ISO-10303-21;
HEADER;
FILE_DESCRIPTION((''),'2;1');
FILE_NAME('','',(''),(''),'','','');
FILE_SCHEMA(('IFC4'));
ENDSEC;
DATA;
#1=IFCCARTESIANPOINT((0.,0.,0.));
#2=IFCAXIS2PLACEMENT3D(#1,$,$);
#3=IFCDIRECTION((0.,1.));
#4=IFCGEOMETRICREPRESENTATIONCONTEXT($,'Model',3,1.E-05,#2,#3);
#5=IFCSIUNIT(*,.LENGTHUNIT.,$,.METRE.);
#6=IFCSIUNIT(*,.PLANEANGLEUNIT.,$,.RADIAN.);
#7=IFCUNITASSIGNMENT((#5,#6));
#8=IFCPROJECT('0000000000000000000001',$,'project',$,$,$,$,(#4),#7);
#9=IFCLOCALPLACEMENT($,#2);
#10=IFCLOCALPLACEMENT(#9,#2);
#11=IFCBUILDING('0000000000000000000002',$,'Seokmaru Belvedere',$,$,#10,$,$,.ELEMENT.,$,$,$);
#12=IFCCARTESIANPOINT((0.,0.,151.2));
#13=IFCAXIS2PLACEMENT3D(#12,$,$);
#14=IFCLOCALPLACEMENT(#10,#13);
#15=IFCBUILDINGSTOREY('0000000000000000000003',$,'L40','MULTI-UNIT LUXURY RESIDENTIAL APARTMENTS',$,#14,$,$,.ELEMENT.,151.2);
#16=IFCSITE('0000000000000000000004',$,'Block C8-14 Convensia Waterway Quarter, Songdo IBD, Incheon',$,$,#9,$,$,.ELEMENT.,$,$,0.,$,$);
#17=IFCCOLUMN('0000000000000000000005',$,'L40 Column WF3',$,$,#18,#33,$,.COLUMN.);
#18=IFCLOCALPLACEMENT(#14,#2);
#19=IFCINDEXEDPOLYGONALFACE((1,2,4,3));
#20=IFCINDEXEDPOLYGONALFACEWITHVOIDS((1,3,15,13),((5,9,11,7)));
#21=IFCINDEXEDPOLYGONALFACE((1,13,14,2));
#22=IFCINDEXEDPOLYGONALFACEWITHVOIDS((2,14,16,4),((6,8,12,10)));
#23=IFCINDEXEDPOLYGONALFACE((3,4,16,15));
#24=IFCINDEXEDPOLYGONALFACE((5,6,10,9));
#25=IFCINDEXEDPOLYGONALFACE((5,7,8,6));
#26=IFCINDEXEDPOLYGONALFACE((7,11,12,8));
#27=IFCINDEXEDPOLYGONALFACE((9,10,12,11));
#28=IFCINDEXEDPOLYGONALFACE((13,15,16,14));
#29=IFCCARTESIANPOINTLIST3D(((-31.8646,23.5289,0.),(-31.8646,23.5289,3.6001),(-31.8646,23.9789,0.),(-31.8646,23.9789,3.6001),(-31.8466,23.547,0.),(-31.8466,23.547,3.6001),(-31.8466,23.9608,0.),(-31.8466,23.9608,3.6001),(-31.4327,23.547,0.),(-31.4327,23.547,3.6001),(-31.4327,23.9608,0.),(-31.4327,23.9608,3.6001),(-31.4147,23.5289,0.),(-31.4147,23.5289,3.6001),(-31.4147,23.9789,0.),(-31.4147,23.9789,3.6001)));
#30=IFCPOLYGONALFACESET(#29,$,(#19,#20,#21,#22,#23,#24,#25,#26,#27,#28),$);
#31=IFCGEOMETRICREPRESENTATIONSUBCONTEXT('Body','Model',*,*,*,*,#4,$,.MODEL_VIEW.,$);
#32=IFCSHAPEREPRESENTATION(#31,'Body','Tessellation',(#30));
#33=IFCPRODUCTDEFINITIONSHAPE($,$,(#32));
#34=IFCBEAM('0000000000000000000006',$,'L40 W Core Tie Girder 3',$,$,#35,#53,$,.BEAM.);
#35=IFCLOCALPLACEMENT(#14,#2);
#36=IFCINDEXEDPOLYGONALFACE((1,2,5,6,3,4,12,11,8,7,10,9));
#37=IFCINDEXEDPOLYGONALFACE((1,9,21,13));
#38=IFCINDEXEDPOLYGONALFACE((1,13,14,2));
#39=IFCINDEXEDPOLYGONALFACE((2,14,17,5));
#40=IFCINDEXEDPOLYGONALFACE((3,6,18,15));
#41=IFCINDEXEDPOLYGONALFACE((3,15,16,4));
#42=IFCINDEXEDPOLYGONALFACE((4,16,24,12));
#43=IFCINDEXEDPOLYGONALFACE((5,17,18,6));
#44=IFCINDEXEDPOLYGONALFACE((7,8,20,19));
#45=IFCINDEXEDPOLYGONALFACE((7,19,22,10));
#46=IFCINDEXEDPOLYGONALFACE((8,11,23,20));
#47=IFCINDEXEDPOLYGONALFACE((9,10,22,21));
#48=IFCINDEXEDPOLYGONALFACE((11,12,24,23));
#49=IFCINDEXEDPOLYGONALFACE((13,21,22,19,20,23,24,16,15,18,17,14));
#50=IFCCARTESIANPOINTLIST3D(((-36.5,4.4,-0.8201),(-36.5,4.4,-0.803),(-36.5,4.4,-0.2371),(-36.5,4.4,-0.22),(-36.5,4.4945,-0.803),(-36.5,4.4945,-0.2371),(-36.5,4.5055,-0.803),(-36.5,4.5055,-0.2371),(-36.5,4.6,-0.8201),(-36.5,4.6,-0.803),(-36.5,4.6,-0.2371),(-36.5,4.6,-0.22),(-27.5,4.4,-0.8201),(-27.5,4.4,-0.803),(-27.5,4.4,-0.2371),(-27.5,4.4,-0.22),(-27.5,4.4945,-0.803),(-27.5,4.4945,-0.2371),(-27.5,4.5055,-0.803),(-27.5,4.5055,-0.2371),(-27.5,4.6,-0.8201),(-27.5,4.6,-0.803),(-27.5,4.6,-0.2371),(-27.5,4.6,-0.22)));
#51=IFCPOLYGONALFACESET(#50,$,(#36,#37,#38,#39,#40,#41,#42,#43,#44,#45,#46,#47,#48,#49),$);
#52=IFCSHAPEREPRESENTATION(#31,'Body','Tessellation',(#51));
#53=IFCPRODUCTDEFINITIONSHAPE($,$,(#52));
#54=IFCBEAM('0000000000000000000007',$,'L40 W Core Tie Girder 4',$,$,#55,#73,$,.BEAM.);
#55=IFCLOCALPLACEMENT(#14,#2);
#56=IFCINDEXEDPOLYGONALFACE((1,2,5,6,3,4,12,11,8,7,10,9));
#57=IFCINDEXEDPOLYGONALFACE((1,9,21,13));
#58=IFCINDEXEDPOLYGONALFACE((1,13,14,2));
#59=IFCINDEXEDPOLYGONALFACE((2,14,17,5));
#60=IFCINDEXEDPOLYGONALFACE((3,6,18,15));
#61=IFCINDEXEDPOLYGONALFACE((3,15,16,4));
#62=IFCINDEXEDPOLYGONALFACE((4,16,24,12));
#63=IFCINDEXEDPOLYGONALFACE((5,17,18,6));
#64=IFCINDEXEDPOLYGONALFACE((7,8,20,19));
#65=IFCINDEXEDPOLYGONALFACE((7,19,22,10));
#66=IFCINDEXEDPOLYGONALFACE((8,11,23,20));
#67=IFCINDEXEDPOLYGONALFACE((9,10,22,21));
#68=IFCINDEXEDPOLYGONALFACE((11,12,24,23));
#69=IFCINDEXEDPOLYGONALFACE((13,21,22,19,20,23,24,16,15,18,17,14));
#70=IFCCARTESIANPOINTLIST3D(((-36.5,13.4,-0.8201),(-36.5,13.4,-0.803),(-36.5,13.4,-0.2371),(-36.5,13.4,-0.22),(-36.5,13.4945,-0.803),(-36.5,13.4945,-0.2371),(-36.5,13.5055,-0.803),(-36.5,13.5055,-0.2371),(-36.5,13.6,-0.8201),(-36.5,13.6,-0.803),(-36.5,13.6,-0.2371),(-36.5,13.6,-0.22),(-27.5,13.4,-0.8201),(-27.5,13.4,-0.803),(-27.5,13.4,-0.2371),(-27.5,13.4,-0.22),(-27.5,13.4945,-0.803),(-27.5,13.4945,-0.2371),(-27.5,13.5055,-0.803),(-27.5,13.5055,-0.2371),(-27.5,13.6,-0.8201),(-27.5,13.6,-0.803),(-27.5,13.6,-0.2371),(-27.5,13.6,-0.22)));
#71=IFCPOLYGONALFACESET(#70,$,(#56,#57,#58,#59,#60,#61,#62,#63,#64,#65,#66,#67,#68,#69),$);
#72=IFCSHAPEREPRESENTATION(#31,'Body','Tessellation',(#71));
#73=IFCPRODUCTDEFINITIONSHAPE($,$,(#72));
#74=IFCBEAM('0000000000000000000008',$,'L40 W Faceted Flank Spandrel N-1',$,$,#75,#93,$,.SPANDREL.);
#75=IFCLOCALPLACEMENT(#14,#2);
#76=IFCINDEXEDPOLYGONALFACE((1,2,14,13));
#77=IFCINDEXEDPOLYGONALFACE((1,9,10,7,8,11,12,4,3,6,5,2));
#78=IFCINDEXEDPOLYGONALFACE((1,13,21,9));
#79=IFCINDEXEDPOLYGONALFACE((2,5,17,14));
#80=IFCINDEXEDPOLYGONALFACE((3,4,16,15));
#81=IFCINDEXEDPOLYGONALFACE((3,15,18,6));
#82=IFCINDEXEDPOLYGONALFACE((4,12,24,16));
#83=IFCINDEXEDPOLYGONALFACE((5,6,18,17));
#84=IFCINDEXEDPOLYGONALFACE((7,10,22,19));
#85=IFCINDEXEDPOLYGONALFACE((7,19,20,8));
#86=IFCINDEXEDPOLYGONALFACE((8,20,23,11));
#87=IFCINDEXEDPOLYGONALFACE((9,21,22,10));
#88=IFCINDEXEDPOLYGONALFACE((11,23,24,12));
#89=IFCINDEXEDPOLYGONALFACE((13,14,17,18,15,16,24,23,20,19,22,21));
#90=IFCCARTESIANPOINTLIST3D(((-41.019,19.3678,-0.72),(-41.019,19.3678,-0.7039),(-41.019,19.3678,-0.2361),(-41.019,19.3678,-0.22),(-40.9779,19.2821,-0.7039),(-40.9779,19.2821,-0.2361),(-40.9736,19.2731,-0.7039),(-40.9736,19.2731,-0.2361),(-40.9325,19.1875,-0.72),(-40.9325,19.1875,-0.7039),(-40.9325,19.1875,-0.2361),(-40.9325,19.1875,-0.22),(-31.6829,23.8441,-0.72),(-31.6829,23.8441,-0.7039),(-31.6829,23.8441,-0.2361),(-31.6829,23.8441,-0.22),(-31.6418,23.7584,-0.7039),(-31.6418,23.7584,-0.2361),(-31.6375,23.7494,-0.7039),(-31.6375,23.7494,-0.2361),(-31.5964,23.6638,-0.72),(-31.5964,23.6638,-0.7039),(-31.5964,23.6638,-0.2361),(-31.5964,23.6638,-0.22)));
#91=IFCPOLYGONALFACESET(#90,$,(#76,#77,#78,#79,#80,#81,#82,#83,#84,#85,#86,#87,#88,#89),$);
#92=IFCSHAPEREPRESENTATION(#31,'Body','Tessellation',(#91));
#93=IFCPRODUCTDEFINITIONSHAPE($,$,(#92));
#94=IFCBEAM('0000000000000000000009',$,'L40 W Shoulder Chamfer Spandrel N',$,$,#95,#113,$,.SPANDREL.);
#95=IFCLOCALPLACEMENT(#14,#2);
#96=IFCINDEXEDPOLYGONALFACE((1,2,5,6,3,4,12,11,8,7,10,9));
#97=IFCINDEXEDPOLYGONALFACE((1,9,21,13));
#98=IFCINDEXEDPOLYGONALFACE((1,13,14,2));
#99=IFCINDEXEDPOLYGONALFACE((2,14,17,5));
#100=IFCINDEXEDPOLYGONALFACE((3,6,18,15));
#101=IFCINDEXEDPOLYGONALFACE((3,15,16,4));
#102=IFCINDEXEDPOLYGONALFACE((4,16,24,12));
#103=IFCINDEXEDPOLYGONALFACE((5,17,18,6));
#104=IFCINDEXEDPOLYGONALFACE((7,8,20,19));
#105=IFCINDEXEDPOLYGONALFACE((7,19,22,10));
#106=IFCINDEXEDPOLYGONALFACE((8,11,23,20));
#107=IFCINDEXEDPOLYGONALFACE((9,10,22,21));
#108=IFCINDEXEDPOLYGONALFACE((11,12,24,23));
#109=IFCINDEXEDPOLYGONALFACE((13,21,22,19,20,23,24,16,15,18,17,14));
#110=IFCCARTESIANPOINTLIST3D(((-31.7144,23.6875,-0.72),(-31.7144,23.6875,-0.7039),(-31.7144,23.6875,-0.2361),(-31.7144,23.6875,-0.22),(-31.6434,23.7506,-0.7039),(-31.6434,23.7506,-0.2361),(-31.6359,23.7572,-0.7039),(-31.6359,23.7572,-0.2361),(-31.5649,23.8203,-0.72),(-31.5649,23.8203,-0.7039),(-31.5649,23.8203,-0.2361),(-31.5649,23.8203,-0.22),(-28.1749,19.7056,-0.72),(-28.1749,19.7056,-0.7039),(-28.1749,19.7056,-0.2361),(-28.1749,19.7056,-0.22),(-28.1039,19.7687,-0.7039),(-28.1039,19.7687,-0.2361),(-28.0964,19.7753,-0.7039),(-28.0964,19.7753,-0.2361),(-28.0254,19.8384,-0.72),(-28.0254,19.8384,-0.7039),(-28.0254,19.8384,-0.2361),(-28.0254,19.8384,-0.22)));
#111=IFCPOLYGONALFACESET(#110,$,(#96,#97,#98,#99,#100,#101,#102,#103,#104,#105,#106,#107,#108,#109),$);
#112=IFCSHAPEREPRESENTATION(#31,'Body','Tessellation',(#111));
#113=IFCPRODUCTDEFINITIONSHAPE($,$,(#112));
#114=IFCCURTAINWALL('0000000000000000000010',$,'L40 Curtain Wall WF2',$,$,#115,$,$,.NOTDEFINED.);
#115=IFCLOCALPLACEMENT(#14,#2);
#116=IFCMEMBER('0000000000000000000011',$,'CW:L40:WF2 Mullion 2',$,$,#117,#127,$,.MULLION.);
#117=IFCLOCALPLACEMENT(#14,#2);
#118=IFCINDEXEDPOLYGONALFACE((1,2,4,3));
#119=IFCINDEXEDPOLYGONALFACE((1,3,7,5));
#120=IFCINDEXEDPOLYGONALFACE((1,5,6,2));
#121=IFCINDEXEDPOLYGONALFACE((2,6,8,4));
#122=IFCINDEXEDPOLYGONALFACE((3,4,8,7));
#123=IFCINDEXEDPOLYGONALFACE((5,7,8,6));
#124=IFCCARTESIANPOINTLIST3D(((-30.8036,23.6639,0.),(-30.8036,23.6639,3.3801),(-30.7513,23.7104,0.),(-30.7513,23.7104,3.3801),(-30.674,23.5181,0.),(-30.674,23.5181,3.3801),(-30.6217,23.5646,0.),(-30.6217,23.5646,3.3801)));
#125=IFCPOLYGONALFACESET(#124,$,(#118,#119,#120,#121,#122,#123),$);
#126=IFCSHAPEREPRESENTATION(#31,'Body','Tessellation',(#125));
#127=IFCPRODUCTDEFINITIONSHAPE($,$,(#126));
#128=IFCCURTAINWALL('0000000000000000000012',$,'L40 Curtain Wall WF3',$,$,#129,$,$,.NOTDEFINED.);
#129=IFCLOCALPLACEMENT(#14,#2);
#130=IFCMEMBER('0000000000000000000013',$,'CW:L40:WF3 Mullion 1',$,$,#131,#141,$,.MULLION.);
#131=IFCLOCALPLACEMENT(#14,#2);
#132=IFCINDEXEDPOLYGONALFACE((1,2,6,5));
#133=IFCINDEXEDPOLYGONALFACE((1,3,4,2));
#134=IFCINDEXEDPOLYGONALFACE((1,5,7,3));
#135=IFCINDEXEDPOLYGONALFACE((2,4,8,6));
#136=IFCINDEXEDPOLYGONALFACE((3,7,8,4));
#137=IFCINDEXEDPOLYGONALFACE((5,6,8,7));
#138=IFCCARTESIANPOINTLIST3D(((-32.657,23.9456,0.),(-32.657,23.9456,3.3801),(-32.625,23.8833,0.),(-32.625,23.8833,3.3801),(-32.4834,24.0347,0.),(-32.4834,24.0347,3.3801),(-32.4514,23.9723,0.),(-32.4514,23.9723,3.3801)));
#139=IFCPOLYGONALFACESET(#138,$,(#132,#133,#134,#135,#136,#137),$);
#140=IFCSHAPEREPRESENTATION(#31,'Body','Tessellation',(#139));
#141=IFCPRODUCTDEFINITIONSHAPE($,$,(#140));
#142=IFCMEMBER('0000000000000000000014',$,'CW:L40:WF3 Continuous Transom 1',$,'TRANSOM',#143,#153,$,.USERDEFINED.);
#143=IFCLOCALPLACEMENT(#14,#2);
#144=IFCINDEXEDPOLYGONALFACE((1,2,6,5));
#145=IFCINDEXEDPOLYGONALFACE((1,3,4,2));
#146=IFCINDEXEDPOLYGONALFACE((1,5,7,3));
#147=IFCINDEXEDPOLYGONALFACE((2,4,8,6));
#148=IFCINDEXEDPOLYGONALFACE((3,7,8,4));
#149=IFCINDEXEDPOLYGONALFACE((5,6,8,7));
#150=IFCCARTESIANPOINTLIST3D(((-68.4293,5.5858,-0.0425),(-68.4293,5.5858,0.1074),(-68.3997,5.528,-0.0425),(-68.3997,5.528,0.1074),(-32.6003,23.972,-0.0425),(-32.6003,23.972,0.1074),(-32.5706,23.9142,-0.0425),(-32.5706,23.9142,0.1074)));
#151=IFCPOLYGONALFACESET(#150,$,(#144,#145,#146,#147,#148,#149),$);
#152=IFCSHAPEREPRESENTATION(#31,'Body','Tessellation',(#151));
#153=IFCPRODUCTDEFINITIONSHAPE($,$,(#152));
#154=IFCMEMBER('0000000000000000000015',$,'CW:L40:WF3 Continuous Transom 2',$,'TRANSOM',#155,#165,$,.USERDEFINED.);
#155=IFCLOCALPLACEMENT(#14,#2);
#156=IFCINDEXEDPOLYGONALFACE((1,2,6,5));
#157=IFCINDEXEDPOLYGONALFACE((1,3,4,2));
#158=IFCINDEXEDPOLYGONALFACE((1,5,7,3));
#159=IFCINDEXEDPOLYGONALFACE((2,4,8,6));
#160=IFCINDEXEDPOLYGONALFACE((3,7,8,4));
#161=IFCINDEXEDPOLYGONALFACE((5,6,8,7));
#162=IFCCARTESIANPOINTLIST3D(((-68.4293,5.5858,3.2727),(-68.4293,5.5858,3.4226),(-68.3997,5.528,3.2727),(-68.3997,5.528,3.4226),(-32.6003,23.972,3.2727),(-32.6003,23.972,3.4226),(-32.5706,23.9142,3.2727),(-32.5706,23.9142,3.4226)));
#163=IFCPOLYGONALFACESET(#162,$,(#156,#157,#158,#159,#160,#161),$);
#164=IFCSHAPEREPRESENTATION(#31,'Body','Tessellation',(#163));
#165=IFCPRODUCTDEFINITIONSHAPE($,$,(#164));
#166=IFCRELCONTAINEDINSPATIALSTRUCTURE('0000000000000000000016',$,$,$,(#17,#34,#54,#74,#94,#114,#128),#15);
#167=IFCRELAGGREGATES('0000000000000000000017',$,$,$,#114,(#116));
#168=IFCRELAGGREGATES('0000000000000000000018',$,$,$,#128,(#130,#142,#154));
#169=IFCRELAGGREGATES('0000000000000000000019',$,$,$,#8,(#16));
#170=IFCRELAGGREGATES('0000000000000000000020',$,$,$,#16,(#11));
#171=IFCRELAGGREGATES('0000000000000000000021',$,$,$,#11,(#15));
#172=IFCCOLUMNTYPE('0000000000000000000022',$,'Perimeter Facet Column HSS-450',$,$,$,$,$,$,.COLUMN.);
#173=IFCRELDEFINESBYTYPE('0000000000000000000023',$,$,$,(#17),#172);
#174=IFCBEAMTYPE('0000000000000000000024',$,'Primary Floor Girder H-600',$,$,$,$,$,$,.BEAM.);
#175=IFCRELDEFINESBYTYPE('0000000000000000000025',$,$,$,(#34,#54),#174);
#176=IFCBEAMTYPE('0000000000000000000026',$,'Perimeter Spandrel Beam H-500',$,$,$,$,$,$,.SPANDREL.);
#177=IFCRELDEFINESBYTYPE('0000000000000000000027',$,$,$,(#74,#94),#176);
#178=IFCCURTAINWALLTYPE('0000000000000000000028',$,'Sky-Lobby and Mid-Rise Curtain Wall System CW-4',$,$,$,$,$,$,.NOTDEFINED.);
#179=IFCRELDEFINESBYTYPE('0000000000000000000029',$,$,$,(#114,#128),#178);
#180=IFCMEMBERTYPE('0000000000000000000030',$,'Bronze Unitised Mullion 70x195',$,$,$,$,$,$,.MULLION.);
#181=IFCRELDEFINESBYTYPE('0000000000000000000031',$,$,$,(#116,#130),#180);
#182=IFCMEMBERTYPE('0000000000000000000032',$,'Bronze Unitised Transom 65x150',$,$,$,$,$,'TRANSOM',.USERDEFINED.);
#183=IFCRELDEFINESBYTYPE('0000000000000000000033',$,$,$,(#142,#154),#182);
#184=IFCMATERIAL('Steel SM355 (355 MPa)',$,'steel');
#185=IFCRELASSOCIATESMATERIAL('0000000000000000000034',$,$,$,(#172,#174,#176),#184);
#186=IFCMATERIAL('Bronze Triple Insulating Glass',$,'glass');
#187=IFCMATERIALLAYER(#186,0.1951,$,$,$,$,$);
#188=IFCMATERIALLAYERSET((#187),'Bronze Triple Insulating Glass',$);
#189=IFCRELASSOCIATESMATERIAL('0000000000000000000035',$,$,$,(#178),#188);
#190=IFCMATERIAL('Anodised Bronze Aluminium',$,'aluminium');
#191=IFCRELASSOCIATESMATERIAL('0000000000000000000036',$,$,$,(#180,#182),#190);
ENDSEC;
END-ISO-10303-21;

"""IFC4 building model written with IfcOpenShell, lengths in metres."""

from ifc_helpers import new_model, si_unit, direction, frame, origin, origin_2d, place, context, subcontext, project, spatial, rectangle, hollow_rectangle, i_section, extrude, source, transform, mapped, material, layer, layer_set, material_profile, profile_set, type_object, type_shapes, element, aggregate, save


model = new_model("IFC4")

# Units and contexts
model_context = context("Model", 3, precision=1e-05, world=origin(), true_north=direction((0.0, 1.0)))
body_context = subcontext(model_context, "Body", "Model", "MODEL_VIEW")
ifc_project = project(units=[si_unit("LENGTHUNIT", "METRE"), si_unit("PLANEANGLEUNIT", "RADIAN")], contexts=[model_context])

# Site, building, storey
site_placement = place(None, origin())
site = spatial("IfcSite", under=ifc_project, at=site_placement, Name="Block C8-14 Convensia Waterway Quarter, Songdo IBD, Incheon", CompositionType="ELEMENT", RefElevation=0.0)
building_placement = place(site_placement, origin())
building = spatial("IfcBuilding", under=site, at=building_placement, Name="Seokmaru Belvedere", CompositionType="ELEMENT")
storey_placement = place(building_placement, frame((0.0, 0.0, 151.2)))
storey = spatial("IfcBuildingStorey", under=building, at=storey_placement, Name="L40", Description="MULTI-UNIT LUXURY RESIDENTIAL APARTMENTS", CompositionType="ELEMENT", Elevation=151.2)

# Column
ifc_material_1 = material(Name="Steel SM355 (355 MPa)", Category="steel")
ifc_material_profile_1 = material_profile(ifc_material_1, hollow_rectangle(XDim=0.45, YDim=0.45, WallThickness=0.0181, at=origin_2d()), Name="HSS-450x450x18")
ifc_profile_set_1 = profile_set([ifc_material_profile_1], Name="Steel SM355 (355 MPa)")
column_type = type_object("IfcColumnType", Name="Perimeter Facet Column HSS-450", PredefinedType="COLUMN", material=ifc_profile_set_1)
shared_shape_1 = source(origin(), body_context, "Body", "SweptSolid", [
    extrude(hollow_rectangle(XDim=0.45, YDim=0.45, WallThickness=0.0181, at=origin_2d()), origin(), (0.0, 0.0, 1.0), 3.6001),
])
type_shapes(column_type, [shared_shape_1])
column_placement = place(storey_placement, frame((-31.6396, 23.7539, 0.0), z_axis=(0.0, 0.0, 1.0), x_axis=(1.0, 0.0, 0.0)))
element("IfcColumn", 1, at=column_placement, inside=storey, type_object=column_type, Name="L40 Column WF3", PredefinedType="COLUMN", context=body_context, shape_type="MappedRepresentation", body=[
    mapped(shared_shape_1, transform((0.0, 0.0, 0.0), scale=1.0)),
])

# Beams
ifc_material_profile_2 = material_profile(ifc_material_1, i_section(OverallWidth=0.2, OverallDepth=0.6001, WebThickness=0.011, FlangeThickness=0.0171, at=origin_2d()), Name="H-600x200x11x17")
ifc_profile_set_2 = profile_set([ifc_material_profile_2], Name="Steel SM355 (355 MPa)")
beam_type_1 = type_object("IfcBeamType", Name="Primary Floor Girder H-600", PredefinedType="BEAM", material=ifc_profile_set_2)
shared_shape_2 = source(origin(), body_context, "Body", "SweptSolid", [
    extrude(i_section(OverallWidth=0.2, OverallDepth=0.6001, WebThickness=0.011, FlangeThickness=0.0171, at=origin_2d()), origin(), (0.0, 0.0, 1.0), 9.0),
])
type_shapes(beam_type_1, [shared_shape_2])
for number, where, z_axis, x_axis, name in (
    (2, (-36.5, 4.5, -0.52), (1.0, 0.0, 0.0), (0.0, 1.0, 0.0), "L40 W Core Tie Girder 3"),
    (3, (-36.5, 13.5, -0.52), (1.0, 0.0, 0.0), (0.0, 1.0, 0.0), "L40 W Core Tie Girder 4"),
):
    element("IfcBeam", number, at=place(storey_placement, frame(where, z_axis=z_axis, x_axis=x_axis)), inside=storey, type_object=beam_type_1, Name=name, PredefinedType="BEAM", context=body_context, shape_type="MappedRepresentation", body=[
        mapped(shared_shape_2, transform((0.0, 0.0, 0.0), scale=1.0)),
    ])
ifc_material_profile_3 = material_profile(ifc_material_1, i_section(OverallWidth=0.2, OverallDepth=0.5, WebThickness=0.01, FlangeThickness=0.0161, at=origin_2d()), Name="H-500x200x10x16")
ifc_profile_set_3 = profile_set([ifc_material_profile_3], Name="Steel SM355 (355 MPa)")
beam_type_2 = type_object("IfcBeamType", Name="Perimeter Spandrel Beam H-500", PredefinedType="SPANDREL", material=ifc_profile_set_3)
shared_shape_3 = source(origin(), body_context, "Body", "SweptSolid", [
    extrude(i_section(OverallWidth=0.2, OverallDepth=0.5, WebThickness=0.01, FlangeThickness=0.0161, at=origin_2d()), origin(), (0.0, 0.0, 1.0), 10.3538),
])
beam_1_placement = place(storey_placement, frame((-31.6396, 23.7539, -0.47), z_axis=(-0.901713, -0.432335, 0.0), x_axis=(0.432335, -0.901713, 0.0)))
element("IfcBeam", 4, at=beam_1_placement, inside=storey, type_object=beam_type_2, Name="L40 W Faceted Flank Spandrel N-1", PredefinedType="SPANDREL", context=body_context, shape_type="MappedRepresentation", body=[
    mapped(shared_shape_3, transform((0.0, 0.0, 0.0), scale=1.0)),
])
shared_shape_4 = source(origin(), body_context, "Body", "SweptSolid", [
    extrude(i_section(OverallWidth=0.2, OverallDepth=0.5, WebThickness=0.01, FlangeThickness=0.0161, at=origin_2d()), origin(), (0.0, 0.0, 1.0), 5.3276),
])
type_shapes(beam_type_2, [shared_shape_3, shared_shape_4])
beam_2_placement = place(storey_placement, frame((-31.6396, 23.7539, -0.47), z_axis=(0.66437, -0.747404, 0.0), x_axis=(0.747404, 0.66437, 0.0)))
element("IfcBeam", 5, at=beam_2_placement, inside=storey, type_object=beam_type_2, Name="L40 W Shoulder Chamfer Spandrel N", PredefinedType="SPANDREL", context=body_context, shape_type="MappedRepresentation", body=[
    mapped(shared_shape_4, transform((0.0, 0.0, 0.0), scale=1.0)),
])

# Curtain wall, member
ifc_material_2 = material(Name="Bronze Triple Insulating Glass", Category="glass")
ifc_layer_1 = layer(ifc_material_2, 0.1951)
ifc_layer_set_1 = layer_set([ifc_layer_1], Name="Bronze Triple Insulating Glass")
curtain_wall_type = type_object("IfcCurtainWallType", Name="Sky-Lobby and Mid-Rise Curtain Wall System CW-4", PredefinedType="NOTDEFINED", material=ifc_layer_set_1)
curtain_wall_1_placement = place(storey_placement, origin())
curtain_wall_1 = element("IfcCurtainWall", 6, at=curtain_wall_1_placement, inside=storey, type_object=curtain_wall_type, Name="L40 Curtain Wall WF2", PredefinedType="NOTDEFINED")
ifc_material_3 = material(Name="Anodised Bronze Aluminium", Category="aluminium")
ifc_material_profile_4 = material_profile(ifc_material_3, rectangle(XDim=0.0701, YDim=0.1951, at=origin_2d()), Name="CW-M-70x195")
ifc_profile_set_4 = profile_set([ifc_material_profile_4], Name="Anodised Bronze Aluminium")
member_type_1 = type_object("IfcMemberType", Name="Bronze Unitised Mullion 70x195", PredefinedType="MULLION", material=ifc_profile_set_4)
shared_shape_5 = source(origin(), body_context, "Body", "SweptSolid", [
    extrude(rectangle(XDim=0.0701, YDim=0.1951, at=origin_2d()), origin(), (0.0, 0.0, 1.0), 3.3801),
])
type_shapes(member_type_1, [shared_shape_5])
member_1_placement = place(storey_placement, frame((-30.7126, 23.6143, 0.0), z_axis=(0.0, 0.0, 1.0), x_axis=(-0.74741, -0.664363, 0.0)))
member_1 = element("IfcMember", 7, at=member_1_placement, type_object=member_type_1, Name="CW:L40:WF2 Mullion 2", PredefinedType="MULLION", context=body_context, shape_type="MappedRepresentation", body=[
    mapped(shared_shape_5, transform((0.0, 0.0, 0.0), scale=1.0)),
])
aggregate(curtain_wall_1, [member_1])

# Curtain wall, members
curtain_wall_2_placement = place(storey_placement, origin())
curtain_wall_2 = element("IfcCurtainWall", 8, at=curtain_wall_2_placement, inside=storey, type_object=curtain_wall_type, Name="L40 Curtain Wall WF3", PredefinedType="NOTDEFINED")
member_2_placement = place(storey_placement, frame((-32.5542, 23.959, 0.0), z_axis=(0.0, 0.0, 1.0), x_axis=(0.456555, -0.889695, 0.0)))
member_2 = element("IfcMember", 9, at=member_2_placement, type_object=member_type_1, Name="CW:L40:WF3 Mullion 1", PredefinedType="MULLION", context=body_context, shape_type="MappedRepresentation", body=[
    mapped(shared_shape_5, transform((0.0, 0.0, 0.0), scale=1.0)),
])
ifc_material_profile_5 = material_profile(ifc_material_3, rectangle(XDim=0.0649, YDim=0.1499, at=origin_2d()), Name="CW-T-65x150")
ifc_profile_set_5 = profile_set([ifc_material_profile_5], Name="Anodised Bronze Aluminium")
member_type_2 = type_object("IfcMemberType", Name="Bronze Unitised Transom 65x150", ElementType="TRANSOM", PredefinedType="USERDEFINED", material=ifc_profile_set_5)
shared_shape_6 = source(origin(), body_context, "Body", "SweptSolid", [
    extrude(rectangle(XDim=0.0649, YDim=0.1499, at=origin_2d()), origin(), (0.0, 0.0, 1.0), 40.2712),
])
type_shapes(member_type_2, [shared_shape_6])
member_3_placement = place(storey_placement, frame((-32.5854, 23.9431, 0.0325), z_axis=(-0.889693, -0.456559, 0.0), x_axis=(0.456559, -0.889693, 0.0)))
member_3 = element("IfcMember", 10, at=member_3_placement, type_object=member_type_2, Name="CW:L40:WF3 Continuous Transom 1", ObjectType="TRANSOM", PredefinedType="USERDEFINED", context=body_context, shape_type="MappedRepresentation", body=[
    mapped(shared_shape_6, transform((0.0, 0.0, 0.0), scale=1.0)),
])
member_4_placement = place(storey_placement, frame((-32.5854, 23.9431, 3.3477), z_axis=(-0.889693, -0.456559, 0.0), x_axis=(0.456559, -0.889693, 0.0)))
member_4 = element("IfcMember", 11, at=member_4_placement, type_object=member_type_2, Name="CW:L40:WF3 Continuous Transom 2", ObjectType="TRANSOM", PredefinedType="USERDEFINED", context=body_context, shape_type="MappedRepresentation", body=[
    mapped(shared_shape_6, transform((0.0, 0.0, 0.0), scale=1.0)),
])

aggregate(curtain_wall_2, [member_2, member_3, member_4])

save(model, "model.ifc")
